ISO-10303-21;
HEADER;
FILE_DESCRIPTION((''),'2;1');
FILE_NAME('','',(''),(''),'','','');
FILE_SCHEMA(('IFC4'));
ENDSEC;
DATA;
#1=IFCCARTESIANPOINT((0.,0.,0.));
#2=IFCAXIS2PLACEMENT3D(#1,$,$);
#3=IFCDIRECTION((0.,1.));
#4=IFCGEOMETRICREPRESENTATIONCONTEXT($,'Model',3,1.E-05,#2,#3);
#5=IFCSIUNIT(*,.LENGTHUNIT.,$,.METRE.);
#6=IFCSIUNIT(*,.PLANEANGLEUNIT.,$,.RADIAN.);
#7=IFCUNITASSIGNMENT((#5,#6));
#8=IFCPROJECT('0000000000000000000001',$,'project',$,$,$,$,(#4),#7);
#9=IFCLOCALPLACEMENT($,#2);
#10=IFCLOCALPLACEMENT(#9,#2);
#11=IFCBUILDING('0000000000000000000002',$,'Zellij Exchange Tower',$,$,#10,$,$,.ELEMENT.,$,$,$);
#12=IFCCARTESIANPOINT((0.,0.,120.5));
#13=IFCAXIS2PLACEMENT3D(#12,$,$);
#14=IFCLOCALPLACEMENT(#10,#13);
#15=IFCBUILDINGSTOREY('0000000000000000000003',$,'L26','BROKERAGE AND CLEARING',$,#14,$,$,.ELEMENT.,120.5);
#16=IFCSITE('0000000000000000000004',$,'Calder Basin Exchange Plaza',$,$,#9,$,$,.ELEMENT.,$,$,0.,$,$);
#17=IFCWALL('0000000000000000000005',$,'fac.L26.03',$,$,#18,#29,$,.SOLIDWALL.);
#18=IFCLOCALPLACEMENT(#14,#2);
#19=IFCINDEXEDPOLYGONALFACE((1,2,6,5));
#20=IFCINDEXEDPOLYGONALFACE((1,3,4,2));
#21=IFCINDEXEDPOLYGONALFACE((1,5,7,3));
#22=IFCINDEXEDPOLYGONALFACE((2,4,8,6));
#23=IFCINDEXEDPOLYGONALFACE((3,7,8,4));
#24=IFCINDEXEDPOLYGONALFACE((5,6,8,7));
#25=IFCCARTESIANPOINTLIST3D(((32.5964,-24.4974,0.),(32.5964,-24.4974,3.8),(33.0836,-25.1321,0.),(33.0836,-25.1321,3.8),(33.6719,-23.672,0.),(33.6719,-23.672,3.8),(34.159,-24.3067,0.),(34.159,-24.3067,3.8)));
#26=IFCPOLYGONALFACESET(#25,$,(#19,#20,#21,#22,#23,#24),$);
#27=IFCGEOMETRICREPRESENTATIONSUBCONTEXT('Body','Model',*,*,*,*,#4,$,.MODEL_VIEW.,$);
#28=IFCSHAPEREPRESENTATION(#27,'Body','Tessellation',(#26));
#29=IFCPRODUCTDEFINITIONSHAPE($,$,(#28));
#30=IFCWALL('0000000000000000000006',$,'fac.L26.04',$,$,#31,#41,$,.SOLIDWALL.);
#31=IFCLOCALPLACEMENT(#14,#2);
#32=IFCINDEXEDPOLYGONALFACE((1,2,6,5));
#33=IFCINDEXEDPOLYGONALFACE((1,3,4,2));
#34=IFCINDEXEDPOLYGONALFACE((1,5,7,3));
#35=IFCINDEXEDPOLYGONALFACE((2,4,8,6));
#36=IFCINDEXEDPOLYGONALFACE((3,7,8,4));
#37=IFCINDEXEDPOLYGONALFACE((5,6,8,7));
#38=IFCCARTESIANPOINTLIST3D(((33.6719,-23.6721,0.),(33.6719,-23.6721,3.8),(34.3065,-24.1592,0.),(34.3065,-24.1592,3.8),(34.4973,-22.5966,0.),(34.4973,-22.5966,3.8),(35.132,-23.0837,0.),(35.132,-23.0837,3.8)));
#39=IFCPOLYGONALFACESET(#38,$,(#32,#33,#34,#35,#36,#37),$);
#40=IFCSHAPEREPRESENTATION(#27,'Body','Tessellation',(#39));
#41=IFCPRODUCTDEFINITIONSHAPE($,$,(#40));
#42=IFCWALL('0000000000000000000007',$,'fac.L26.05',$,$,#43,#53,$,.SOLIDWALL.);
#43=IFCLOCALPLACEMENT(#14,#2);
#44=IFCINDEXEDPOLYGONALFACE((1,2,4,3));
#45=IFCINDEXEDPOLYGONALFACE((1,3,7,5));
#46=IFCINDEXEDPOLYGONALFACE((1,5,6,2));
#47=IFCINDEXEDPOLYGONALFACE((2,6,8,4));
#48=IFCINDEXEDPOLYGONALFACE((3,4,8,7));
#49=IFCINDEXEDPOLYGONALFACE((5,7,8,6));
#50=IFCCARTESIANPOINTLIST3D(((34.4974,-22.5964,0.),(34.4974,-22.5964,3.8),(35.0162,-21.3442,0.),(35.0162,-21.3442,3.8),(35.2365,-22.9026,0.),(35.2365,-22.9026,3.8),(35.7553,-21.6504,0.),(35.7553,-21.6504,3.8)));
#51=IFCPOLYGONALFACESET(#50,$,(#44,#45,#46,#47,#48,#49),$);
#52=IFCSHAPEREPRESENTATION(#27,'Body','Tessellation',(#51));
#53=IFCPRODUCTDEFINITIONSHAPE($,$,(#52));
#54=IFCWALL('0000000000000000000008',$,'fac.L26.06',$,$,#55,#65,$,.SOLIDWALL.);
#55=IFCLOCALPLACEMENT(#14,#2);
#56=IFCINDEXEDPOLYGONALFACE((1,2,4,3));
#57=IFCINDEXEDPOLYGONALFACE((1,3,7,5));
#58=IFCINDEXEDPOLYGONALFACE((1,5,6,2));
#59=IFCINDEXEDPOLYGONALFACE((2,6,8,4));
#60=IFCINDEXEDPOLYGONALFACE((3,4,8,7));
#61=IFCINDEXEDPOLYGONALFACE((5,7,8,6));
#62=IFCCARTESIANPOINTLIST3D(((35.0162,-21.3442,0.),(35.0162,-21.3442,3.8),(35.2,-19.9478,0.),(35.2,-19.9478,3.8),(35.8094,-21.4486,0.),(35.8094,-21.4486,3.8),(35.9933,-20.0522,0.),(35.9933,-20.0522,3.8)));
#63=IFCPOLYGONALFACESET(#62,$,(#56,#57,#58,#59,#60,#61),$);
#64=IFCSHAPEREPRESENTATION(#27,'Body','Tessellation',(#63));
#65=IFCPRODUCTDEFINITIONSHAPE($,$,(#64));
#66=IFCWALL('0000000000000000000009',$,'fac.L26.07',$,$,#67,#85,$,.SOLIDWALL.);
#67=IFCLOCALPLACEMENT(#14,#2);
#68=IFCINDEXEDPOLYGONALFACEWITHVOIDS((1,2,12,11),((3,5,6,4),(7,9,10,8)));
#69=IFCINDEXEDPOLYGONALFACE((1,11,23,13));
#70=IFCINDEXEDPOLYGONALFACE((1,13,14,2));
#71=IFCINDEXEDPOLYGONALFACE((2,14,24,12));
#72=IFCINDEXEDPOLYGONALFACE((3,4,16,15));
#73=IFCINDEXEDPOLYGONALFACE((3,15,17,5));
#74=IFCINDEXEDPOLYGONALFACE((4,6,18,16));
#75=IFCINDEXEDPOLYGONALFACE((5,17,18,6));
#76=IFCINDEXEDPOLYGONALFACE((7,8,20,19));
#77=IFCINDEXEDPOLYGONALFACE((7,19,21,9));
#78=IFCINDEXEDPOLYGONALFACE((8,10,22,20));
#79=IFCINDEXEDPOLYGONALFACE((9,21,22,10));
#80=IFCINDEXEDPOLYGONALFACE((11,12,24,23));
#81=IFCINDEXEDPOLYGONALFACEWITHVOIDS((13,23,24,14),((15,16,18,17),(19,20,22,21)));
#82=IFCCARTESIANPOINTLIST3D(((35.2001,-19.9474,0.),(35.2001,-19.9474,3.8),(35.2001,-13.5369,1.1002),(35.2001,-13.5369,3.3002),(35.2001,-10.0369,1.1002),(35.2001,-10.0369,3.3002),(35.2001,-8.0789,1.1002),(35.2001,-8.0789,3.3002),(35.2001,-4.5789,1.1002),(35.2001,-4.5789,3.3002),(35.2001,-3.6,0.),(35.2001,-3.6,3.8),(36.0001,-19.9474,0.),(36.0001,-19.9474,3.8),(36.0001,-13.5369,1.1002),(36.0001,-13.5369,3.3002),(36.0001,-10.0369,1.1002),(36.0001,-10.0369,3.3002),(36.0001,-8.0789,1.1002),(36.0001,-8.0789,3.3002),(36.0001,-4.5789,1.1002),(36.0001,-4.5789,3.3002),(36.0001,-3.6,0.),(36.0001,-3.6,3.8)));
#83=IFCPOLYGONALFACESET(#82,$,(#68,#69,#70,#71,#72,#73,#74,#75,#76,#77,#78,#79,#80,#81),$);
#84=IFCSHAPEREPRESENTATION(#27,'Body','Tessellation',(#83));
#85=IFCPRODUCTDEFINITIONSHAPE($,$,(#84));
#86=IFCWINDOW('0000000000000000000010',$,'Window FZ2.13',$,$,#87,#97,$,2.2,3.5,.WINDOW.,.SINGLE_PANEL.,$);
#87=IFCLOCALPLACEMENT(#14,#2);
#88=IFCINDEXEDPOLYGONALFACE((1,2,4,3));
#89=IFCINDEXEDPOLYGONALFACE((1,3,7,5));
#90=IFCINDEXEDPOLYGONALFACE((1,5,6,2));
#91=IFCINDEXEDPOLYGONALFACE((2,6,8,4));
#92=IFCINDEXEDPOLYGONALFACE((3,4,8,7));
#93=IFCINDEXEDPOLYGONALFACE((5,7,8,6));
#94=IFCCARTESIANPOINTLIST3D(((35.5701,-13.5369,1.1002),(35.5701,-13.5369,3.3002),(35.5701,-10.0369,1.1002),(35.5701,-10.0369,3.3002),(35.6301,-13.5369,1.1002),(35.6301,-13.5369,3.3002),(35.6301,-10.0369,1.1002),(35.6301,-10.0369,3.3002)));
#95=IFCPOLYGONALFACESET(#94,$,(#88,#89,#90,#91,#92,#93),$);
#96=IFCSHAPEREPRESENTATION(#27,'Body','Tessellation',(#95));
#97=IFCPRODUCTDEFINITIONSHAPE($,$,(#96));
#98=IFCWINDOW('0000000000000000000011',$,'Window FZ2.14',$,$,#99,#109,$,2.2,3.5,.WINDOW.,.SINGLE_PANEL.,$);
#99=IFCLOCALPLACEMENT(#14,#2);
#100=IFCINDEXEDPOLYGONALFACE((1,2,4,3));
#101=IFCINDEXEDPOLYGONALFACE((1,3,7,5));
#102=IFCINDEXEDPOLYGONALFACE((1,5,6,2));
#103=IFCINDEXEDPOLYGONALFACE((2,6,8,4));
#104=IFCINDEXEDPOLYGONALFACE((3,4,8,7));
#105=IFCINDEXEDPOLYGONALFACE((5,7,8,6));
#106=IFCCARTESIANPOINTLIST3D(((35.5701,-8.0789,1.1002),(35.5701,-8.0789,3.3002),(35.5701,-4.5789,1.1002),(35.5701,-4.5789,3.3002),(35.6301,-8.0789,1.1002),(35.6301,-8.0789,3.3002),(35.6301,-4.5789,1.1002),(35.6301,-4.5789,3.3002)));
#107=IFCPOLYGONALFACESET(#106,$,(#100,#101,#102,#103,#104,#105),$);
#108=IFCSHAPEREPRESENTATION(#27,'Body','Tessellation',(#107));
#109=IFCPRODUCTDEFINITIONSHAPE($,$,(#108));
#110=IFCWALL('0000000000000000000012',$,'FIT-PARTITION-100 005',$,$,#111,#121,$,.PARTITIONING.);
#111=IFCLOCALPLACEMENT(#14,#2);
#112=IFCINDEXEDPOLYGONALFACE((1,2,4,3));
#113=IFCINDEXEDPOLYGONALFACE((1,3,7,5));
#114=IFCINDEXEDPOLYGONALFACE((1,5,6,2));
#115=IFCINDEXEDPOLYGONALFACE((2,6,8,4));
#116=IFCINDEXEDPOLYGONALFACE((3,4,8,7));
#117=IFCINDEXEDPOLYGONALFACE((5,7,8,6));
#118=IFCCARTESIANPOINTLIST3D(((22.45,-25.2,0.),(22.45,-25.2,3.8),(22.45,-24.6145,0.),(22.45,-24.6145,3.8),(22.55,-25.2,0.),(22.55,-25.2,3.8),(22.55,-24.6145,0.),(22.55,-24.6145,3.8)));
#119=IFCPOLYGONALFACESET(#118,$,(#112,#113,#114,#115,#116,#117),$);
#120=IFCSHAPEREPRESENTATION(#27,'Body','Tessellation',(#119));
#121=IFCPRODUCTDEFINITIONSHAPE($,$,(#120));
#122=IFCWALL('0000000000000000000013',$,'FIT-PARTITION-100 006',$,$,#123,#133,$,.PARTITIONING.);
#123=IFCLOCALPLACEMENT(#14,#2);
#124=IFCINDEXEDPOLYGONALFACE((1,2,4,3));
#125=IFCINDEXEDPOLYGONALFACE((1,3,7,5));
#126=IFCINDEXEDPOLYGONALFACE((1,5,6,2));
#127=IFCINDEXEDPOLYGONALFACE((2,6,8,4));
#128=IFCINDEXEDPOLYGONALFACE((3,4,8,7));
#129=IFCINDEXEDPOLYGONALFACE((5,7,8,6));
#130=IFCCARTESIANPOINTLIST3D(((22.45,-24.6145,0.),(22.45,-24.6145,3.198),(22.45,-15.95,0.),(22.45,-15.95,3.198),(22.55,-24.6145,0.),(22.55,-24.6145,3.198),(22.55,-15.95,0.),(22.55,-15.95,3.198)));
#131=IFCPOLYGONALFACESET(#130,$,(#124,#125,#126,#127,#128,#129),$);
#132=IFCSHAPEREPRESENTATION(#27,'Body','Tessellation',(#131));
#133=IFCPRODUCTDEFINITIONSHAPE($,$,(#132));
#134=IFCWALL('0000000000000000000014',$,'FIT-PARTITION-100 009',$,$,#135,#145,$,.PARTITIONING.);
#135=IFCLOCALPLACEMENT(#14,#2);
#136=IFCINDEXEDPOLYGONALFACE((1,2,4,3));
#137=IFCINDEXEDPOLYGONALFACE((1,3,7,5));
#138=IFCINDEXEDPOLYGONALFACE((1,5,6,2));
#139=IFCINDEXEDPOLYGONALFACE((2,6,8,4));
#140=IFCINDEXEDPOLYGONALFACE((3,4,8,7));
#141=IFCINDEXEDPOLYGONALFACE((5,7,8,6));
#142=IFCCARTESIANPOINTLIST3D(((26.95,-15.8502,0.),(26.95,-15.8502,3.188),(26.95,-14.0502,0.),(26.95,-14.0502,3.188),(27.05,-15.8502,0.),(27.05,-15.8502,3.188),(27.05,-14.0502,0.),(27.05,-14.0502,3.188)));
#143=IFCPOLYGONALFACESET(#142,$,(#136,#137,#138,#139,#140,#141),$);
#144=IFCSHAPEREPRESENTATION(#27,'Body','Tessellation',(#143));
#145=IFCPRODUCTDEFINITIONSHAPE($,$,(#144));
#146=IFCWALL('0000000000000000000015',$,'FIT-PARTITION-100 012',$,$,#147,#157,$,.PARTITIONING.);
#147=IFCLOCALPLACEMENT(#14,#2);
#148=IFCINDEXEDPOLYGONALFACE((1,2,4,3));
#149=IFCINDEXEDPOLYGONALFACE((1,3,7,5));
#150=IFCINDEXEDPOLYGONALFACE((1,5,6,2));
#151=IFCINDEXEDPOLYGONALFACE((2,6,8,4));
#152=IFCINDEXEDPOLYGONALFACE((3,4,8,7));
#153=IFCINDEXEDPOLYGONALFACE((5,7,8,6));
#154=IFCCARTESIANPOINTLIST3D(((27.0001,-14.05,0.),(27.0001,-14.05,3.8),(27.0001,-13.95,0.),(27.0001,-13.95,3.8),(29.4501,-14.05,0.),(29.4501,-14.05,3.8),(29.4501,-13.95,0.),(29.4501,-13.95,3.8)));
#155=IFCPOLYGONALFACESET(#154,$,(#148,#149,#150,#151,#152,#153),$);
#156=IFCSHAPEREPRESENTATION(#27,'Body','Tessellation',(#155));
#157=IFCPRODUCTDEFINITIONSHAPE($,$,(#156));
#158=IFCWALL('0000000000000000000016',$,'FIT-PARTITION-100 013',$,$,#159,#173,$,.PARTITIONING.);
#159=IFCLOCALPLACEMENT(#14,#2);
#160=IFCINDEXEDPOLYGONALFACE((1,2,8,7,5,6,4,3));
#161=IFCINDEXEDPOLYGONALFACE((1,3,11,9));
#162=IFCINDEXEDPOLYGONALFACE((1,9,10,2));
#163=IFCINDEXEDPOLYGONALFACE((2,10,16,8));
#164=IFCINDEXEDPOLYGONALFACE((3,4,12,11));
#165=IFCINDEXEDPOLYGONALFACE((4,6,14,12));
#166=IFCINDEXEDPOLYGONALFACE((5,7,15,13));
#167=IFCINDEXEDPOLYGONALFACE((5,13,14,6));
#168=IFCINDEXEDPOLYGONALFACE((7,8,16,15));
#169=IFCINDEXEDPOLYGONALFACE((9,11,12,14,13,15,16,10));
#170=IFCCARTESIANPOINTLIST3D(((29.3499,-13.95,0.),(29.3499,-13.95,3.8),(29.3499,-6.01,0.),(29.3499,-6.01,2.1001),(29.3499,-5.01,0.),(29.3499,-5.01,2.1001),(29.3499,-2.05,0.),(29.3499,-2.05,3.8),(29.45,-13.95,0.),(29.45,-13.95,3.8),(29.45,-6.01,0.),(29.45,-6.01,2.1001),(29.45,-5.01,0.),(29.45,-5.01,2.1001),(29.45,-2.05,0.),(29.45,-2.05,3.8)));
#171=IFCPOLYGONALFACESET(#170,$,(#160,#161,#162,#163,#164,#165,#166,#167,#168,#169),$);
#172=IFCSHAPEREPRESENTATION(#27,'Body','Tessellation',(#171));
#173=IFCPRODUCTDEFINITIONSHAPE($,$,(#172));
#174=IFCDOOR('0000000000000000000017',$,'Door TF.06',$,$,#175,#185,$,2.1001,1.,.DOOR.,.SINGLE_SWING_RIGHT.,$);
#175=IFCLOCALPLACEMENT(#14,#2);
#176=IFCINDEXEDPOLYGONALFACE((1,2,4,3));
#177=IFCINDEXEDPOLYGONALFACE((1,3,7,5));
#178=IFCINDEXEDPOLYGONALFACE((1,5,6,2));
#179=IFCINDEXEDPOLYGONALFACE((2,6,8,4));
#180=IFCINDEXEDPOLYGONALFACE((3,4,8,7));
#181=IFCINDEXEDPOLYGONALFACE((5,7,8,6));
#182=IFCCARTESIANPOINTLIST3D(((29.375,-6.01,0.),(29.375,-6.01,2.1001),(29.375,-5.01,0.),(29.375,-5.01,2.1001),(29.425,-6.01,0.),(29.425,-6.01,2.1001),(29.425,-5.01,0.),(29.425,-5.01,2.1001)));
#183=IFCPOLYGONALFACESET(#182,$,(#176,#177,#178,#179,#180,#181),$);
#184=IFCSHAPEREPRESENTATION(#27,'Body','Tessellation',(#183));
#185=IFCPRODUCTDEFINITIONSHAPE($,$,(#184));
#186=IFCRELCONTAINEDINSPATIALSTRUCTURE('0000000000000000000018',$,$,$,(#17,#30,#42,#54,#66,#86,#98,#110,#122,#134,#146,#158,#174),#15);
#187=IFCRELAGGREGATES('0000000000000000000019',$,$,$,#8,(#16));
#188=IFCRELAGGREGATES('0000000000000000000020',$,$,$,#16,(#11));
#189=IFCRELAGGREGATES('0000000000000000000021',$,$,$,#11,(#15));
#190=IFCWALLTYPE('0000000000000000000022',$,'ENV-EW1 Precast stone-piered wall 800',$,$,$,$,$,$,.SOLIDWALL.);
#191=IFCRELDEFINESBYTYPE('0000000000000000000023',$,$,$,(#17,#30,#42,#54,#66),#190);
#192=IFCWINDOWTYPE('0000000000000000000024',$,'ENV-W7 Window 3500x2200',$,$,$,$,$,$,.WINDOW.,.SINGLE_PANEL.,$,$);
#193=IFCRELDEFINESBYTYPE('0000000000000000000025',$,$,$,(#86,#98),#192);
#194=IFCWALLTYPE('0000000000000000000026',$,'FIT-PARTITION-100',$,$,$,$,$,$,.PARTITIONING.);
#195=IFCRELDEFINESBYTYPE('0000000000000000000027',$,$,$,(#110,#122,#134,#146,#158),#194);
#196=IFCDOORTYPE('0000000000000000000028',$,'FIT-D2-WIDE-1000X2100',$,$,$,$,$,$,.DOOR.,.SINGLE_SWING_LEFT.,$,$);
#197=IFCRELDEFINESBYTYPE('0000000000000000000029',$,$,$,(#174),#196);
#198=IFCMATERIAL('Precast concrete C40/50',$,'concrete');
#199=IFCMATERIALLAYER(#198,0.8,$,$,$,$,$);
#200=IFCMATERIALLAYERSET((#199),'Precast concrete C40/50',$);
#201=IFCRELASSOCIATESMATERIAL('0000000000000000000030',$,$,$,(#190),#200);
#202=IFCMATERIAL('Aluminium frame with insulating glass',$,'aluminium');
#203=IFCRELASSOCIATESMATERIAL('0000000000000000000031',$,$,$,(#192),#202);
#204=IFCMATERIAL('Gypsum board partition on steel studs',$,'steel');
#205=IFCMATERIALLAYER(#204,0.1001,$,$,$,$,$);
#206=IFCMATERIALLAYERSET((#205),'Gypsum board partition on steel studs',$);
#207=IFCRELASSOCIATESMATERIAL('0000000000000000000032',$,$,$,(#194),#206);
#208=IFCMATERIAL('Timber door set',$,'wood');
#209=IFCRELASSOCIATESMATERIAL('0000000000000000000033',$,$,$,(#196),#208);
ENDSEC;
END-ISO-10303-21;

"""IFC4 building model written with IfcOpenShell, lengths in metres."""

from ifc_helpers import new_model, si_unit, direction, frame, frame_2d, origin, place, context, subcontext, project, spatial, rectangle, extrude, material, layer, layer_set, type_object, element, fill, save


model = new_model("IFC4")

# Units and contexts
model_context = context("Model", 3, precision=1e-05, world=origin(), true_north=direction((0.0, 1.0)))
body_context = subcontext(model_context, "Body", "Model", "MODEL_VIEW")
ifc_project = project(units=[si_unit("LENGTHUNIT", "METRE"), si_unit("PLANEANGLEUNIT", "RADIAN")], contexts=[model_context])

# Site, building, storey
site_placement = place(None, origin())
site = spatial("IfcSite", under=ifc_project, at=site_placement, Name="Calder Basin Exchange Plaza", CompositionType="ELEMENT", RefElevation=0.0)
building_placement = place(site_placement, origin())
building = spatial("IfcBuilding", under=site, at=building_placement, Name="Zellij Exchange Tower", CompositionType="ELEMENT")
storey_placement = place(building_placement, frame((0.0, 0.0, 120.5)))
storey = spatial("IfcBuildingStorey", under=building, at=storey_placement, Name="L26", Description="BROKERAGE AND CLEARING", CompositionType="ELEMENT", Elevation=120.5)

# Walls
ifc_material_1 = material(Name="Precast concrete C40/50", Category="concrete")
ifc_layer_1 = layer(ifc_material_1, 0.8)
ifc_layer_set_1 = layer_set([ifc_layer_1], Name="Precast concrete C40/50")
wall_type_1 = type_object("IfcWallType", Name="ENV-EW1 Precast stone-piered wall 800", PredefinedType="SOLIDWALL", material=ifc_layer_set_1)
for number, where, z_axis, x_axis, name in (
    (1, (32.8401, -24.8147, 0.0), (0.0, 0.0, 1.0), (0.793273, 0.608866, 0.0), "fac.L26.03"),
    (2, (33.9893, -23.9155, 0.0), (0.0, 0.0, 1.0), (0.608866, 0.793273, 0.0), "fac.L26.04"),
):
    element("IfcWall", number, at=place(storey_placement, frame(where, z_axis=z_axis, x_axis=x_axis)), inside=storey, type_object=wall_type_1, Name=name, PredefinedType="SOLIDWALL", context=body_context, shape_type="SweptSolid", body=[
        extrude(rectangle(XDim=1.3557, YDim=0.8, at=frame_2d((0.6777, 0.0))), origin(), (0.0, 0.0, 1.0), 3.8),
    ])
wall_1_placement = place(storey_placement, frame((34.8669, -22.7495, 0.0), z_axis=(0.0, 0.0, 1.0), x_axis=(0.38276, 0.923848, 0.0)))
element("IfcWall", 3, at=wall_1_placement, inside=storey, type_object=wall_type_1, Name="fac.L26.05", PredefinedType="SOLIDWALL", context=body_context, shape_type="SweptSolid", body=[
    extrude(rectangle(XDim=1.3555, YDim=0.8, at=frame_2d((0.6777, 0.0))), origin(), (0.0, 0.0, 1.0), 3.8),
])
wall_2_placement = place(storey_placement, frame((35.4128, -21.3962, 0.0), z_axis=(0.0, 0.0, 1.0), x_axis=(0.130517, 0.991446, 0.0)))
element("IfcWall", 4, at=wall_2_placement, inside=storey, type_object=wall_type_1, Name="fac.L26.06", PredefinedType="SOLIDWALL", context=body_context, shape_type="SweptSolid", body=[
    extrude(rectangle(XDim=1.4084, YDim=0.8, at=frame_2d((0.7041, 0.0))), origin(), (0.0, 0.0, 1.0), 3.8),
])

# Wall, openings, windows
wall_3_placement = place(storey_placement, frame((35.6001, -19.9475, 0.0), z_axis=(0.0, 0.0, 1.0), x_axis=(0.0, 1.0, 0.0)))
wall_3 = element("IfcWall", 5, at=wall_3_placement, inside=storey, type_object=wall_type_1, Name="fac.L26.07", PredefinedType="SOLIDWALL", context=body_context, shape_type="SweptSolid", body=[
    extrude(rectangle(XDim=16.3474, YDim=0.8, at=frame_2d((8.1738, 0.0))), origin(), (0.0, 0.0, 1.0), 3.8),
])
opening_1_placement = place(wall_3_placement, frame((6.4106, 0.0, 1.1001)))
opening_1 = element("IfcOpeningElement", 6, at=opening_1_placement, cuts=wall_3, PredefinedType="OPENING", context=body_context, shape_type="SweptSolid", body=[
    extrude(rectangle(XDim=3.5, YDim=2.2, at=frame_2d((1.75, 1.1001))), frame((0.0, 0.4121, 0.0), z_axis=(0.0, -1.0, 0.0), x_axis=(1.0, 0.0, 0.0)), (0.0, 0.0, 1.0), 0.824),
])
opening_2_placement = place(wall_3_placement, frame((11.8687, 0.0, 1.1001)))
opening_2 = element("IfcOpeningElement", 7, at=opening_2_placement, cuts=wall_3, PredefinedType="OPENING", context=body_context, shape_type="SweptSolid", body=[
    extrude(rectangle(XDim=3.5, YDim=2.2, at=frame_2d((1.75, 1.1001))), frame((0.0, 0.4121, 0.0), z_axis=(0.0, -1.0, 0.0), x_axis=(1.0, 0.0, 0.0)), (0.0, 0.0, 1.0), 0.824),
])
ifc_material_2 = material(Name="Aluminium frame with insulating glass", Category="aluminium")
window_type = type_object("IfcWindowType", Name="ENV-W7 Window 3500x2200", PartitioningType="SINGLE_PANEL", PredefinedType="WINDOW", material=ifc_material_2)
window_1_placement = place(opening_1_placement, origin())
window_1 = element("IfcWindow", 8, at=window_1_placement, inside=storey, type_object=window_type, Name="Window FZ2.13", OverallHeight=2.2, OverallWidth=3.5, PartitioningType="SINGLE_PANEL", PredefinedType="WINDOW", context=body_context, shape_type="SweptSolid", body=[
    extrude(rectangle(XDim=3.5, YDim=2.2, at=frame_2d((1.75, 1.1001))), frame((0.0, 0.03, 0.0), z_axis=(0.0, -1.0, 0.0), x_axis=(1.0, 0.0, 0.0)), (0.0, 0.0, 1.0), 0.0601),
])
fill(opening_1, window_1)
window_2_placement = place(opening_2_placement, origin())
window_2 = element("IfcWindow", 9, at=window_2_placement, inside=storey, type_object=window_type, Name="Window FZ2.14", OverallHeight=2.2, OverallWidth=3.5, PartitioningType="SINGLE_PANEL", PredefinedType="WINDOW", context=body_context, shape_type="SweptSolid", body=[
    extrude(rectangle(XDim=3.5, YDim=2.2, at=frame_2d((1.75, 1.1001))), frame((0.0, 0.03, 0.0), z_axis=(0.0, -1.0, 0.0), x_axis=(1.0, 0.0, 0.0)), (0.0, 0.0, 1.0), 0.0601),
])
fill(opening_2, window_2)

# Walls
ifc_material_3 = material(Name="Gypsum board partition on steel studs", Category="steel")
ifc_layer_2 = layer(ifc_material_3, 0.1001)
ifc_layer_set_2 = layer_set([ifc_layer_2], Name="Gypsum board partition on steel studs")
wall_type_2 = type_object("IfcWallType", Name="FIT-PARTITION-100", PredefinedType="PARTITIONING", material=ifc_layer_set_2)
wall_4_placement = place(storey_placement, frame((22.5, -25.2, 0.0), z_axis=(0.0, 0.0, 1.0), x_axis=(0.0, 1.0, 0.0)))
element("IfcWall", 10, at=wall_4_placement, inside=storey, type_object=wall_type_2, Name="FIT-PARTITION-100 005", PredefinedType="PARTITIONING", context=body_context, shape_type="SweptSolid", body=[
    extrude(rectangle(XDim=0.5854, YDim=0.1001, at=frame_2d((0.2927, 0.0))), origin(), (0.0, 0.0, 1.0), 3.8),
])
wall_5_placement = place(storey_placement, frame((22.5, -24.6145, 0.0), z_axis=(0.0, 0.0, 1.0), x_axis=(0.0, 1.0, 0.0)))
element("IfcWall", 11, at=wall_5_placement, inside=storey, type_object=wall_type_2, Name="FIT-PARTITION-100 006", PredefinedType="PARTITIONING", context=body_context, shape_type="SweptSolid", body=[
    extrude(rectangle(XDim=8.6646, YDim=0.1001, at=frame_2d((4.3323, 0.0))), origin(), (0.0, 0.0, 1.0), 3.198),
])
wall_6_placement = place(storey_placement, frame((27.0, -15.8501, 0.0), z_axis=(0.0, 0.0, 1.0), x_axis=(0.0, 1.0, 0.0)))
element("IfcWall", 12, at=wall_6_placement, inside=storey, type_object=wall_type_2, Name="FIT-PARTITION-100 009", PredefinedType="PARTITIONING", context=body_context, shape_type="SweptSolid", body=[
    extrude(rectangle(XDim=1.8, YDim=0.1001, at=frame_2d((0.8999, 0.0))), origin(), (0.0, 0.0, 1.0), 3.188),
])
wall_7_placement = place(storey_placement, frame((27.0, -14.0, 0.0), z_axis=(0.0, 0.0, 1.0), x_axis=(1.0, 0.0, 0.0)))
element("IfcWall", 13, at=wall_7_placement, inside=storey, type_object=wall_type_2, Name="FIT-PARTITION-100 012", PredefinedType="PARTITIONING", context=body_context, shape_type="SweptSolid", body=[
    extrude(rectangle(XDim=2.45, YDim=0.1001, at=frame_2d((1.2251, 0.0))), origin(), (0.0, 0.0, 1.0), 3.8),
])

# Wall, opening, door
wall_8_placement = place(storey_placement, frame((29.3999, -13.95, 0.0), z_axis=(0.0, 0.0, 1.0), x_axis=(0.0, 1.0, 0.0)))
wall_8 = element("IfcWall", 14, at=wall_8_placement, inside=storey, type_object=wall_type_2, Name="FIT-PARTITION-100 013", PredefinedType="PARTITIONING", context=body_context, shape_type="SweptSolid", body=[
    extrude(rectangle(XDim=11.8999, YDim=0.1001, at=frame_2d((5.95, 0.0))), origin(), (0.0, 0.0, 1.0), 3.8),
])
opening_3_placement = place(wall_8_placement, frame((7.9399, 0.0, 0.0)))
opening_3 = element("IfcOpeningElement", 15, at=opening_3_placement, cuts=wall_8, PredefinedType="OPENING", context=body_context, shape_type="SweptSolid", body=[
    extrude(rectangle(XDim=1.0, YDim=2.1001, at=frame_2d((0.5, 1.05))), frame((0.0, 0.062, 0.0), z_axis=(0.0, -1.0, 0.0), x_axis=(1.0, 0.0, 0.0)), (0.0, 0.0, 1.0), 0.124),
])
ifc_material_4 = material(Name="Timber door set", Category="wood")
door_type = type_object("IfcDoorType", Name="FIT-D2-WIDE-1000X2100", OperationType="SINGLE_SWING_LEFT", PredefinedType="DOOR", material=ifc_material_4)
door_placement = place(opening_3_placement, origin())
door = element("IfcDoor", 16, at=door_placement, inside=storey, type_object=door_type, Name="Door TF.06", OperationType="SINGLE_SWING_RIGHT", OverallHeight=2.1001, OverallWidth=1.0, PredefinedType="DOOR", context=body_context, shape_type="SweptSolid", body=[
    extrude(rectangle(XDim=1.0, YDim=2.1001, at=frame_2d((0.5, 1.05))), frame((0.0, 0.0249, 0.0), z_axis=(0.0, -1.0, 0.0), x_axis=(1.0, 0.0, 0.0)), (0.0, 0.0, 1.0), 0.05),
])
fill(opening_3, door)

save(model, "model.ifc")
